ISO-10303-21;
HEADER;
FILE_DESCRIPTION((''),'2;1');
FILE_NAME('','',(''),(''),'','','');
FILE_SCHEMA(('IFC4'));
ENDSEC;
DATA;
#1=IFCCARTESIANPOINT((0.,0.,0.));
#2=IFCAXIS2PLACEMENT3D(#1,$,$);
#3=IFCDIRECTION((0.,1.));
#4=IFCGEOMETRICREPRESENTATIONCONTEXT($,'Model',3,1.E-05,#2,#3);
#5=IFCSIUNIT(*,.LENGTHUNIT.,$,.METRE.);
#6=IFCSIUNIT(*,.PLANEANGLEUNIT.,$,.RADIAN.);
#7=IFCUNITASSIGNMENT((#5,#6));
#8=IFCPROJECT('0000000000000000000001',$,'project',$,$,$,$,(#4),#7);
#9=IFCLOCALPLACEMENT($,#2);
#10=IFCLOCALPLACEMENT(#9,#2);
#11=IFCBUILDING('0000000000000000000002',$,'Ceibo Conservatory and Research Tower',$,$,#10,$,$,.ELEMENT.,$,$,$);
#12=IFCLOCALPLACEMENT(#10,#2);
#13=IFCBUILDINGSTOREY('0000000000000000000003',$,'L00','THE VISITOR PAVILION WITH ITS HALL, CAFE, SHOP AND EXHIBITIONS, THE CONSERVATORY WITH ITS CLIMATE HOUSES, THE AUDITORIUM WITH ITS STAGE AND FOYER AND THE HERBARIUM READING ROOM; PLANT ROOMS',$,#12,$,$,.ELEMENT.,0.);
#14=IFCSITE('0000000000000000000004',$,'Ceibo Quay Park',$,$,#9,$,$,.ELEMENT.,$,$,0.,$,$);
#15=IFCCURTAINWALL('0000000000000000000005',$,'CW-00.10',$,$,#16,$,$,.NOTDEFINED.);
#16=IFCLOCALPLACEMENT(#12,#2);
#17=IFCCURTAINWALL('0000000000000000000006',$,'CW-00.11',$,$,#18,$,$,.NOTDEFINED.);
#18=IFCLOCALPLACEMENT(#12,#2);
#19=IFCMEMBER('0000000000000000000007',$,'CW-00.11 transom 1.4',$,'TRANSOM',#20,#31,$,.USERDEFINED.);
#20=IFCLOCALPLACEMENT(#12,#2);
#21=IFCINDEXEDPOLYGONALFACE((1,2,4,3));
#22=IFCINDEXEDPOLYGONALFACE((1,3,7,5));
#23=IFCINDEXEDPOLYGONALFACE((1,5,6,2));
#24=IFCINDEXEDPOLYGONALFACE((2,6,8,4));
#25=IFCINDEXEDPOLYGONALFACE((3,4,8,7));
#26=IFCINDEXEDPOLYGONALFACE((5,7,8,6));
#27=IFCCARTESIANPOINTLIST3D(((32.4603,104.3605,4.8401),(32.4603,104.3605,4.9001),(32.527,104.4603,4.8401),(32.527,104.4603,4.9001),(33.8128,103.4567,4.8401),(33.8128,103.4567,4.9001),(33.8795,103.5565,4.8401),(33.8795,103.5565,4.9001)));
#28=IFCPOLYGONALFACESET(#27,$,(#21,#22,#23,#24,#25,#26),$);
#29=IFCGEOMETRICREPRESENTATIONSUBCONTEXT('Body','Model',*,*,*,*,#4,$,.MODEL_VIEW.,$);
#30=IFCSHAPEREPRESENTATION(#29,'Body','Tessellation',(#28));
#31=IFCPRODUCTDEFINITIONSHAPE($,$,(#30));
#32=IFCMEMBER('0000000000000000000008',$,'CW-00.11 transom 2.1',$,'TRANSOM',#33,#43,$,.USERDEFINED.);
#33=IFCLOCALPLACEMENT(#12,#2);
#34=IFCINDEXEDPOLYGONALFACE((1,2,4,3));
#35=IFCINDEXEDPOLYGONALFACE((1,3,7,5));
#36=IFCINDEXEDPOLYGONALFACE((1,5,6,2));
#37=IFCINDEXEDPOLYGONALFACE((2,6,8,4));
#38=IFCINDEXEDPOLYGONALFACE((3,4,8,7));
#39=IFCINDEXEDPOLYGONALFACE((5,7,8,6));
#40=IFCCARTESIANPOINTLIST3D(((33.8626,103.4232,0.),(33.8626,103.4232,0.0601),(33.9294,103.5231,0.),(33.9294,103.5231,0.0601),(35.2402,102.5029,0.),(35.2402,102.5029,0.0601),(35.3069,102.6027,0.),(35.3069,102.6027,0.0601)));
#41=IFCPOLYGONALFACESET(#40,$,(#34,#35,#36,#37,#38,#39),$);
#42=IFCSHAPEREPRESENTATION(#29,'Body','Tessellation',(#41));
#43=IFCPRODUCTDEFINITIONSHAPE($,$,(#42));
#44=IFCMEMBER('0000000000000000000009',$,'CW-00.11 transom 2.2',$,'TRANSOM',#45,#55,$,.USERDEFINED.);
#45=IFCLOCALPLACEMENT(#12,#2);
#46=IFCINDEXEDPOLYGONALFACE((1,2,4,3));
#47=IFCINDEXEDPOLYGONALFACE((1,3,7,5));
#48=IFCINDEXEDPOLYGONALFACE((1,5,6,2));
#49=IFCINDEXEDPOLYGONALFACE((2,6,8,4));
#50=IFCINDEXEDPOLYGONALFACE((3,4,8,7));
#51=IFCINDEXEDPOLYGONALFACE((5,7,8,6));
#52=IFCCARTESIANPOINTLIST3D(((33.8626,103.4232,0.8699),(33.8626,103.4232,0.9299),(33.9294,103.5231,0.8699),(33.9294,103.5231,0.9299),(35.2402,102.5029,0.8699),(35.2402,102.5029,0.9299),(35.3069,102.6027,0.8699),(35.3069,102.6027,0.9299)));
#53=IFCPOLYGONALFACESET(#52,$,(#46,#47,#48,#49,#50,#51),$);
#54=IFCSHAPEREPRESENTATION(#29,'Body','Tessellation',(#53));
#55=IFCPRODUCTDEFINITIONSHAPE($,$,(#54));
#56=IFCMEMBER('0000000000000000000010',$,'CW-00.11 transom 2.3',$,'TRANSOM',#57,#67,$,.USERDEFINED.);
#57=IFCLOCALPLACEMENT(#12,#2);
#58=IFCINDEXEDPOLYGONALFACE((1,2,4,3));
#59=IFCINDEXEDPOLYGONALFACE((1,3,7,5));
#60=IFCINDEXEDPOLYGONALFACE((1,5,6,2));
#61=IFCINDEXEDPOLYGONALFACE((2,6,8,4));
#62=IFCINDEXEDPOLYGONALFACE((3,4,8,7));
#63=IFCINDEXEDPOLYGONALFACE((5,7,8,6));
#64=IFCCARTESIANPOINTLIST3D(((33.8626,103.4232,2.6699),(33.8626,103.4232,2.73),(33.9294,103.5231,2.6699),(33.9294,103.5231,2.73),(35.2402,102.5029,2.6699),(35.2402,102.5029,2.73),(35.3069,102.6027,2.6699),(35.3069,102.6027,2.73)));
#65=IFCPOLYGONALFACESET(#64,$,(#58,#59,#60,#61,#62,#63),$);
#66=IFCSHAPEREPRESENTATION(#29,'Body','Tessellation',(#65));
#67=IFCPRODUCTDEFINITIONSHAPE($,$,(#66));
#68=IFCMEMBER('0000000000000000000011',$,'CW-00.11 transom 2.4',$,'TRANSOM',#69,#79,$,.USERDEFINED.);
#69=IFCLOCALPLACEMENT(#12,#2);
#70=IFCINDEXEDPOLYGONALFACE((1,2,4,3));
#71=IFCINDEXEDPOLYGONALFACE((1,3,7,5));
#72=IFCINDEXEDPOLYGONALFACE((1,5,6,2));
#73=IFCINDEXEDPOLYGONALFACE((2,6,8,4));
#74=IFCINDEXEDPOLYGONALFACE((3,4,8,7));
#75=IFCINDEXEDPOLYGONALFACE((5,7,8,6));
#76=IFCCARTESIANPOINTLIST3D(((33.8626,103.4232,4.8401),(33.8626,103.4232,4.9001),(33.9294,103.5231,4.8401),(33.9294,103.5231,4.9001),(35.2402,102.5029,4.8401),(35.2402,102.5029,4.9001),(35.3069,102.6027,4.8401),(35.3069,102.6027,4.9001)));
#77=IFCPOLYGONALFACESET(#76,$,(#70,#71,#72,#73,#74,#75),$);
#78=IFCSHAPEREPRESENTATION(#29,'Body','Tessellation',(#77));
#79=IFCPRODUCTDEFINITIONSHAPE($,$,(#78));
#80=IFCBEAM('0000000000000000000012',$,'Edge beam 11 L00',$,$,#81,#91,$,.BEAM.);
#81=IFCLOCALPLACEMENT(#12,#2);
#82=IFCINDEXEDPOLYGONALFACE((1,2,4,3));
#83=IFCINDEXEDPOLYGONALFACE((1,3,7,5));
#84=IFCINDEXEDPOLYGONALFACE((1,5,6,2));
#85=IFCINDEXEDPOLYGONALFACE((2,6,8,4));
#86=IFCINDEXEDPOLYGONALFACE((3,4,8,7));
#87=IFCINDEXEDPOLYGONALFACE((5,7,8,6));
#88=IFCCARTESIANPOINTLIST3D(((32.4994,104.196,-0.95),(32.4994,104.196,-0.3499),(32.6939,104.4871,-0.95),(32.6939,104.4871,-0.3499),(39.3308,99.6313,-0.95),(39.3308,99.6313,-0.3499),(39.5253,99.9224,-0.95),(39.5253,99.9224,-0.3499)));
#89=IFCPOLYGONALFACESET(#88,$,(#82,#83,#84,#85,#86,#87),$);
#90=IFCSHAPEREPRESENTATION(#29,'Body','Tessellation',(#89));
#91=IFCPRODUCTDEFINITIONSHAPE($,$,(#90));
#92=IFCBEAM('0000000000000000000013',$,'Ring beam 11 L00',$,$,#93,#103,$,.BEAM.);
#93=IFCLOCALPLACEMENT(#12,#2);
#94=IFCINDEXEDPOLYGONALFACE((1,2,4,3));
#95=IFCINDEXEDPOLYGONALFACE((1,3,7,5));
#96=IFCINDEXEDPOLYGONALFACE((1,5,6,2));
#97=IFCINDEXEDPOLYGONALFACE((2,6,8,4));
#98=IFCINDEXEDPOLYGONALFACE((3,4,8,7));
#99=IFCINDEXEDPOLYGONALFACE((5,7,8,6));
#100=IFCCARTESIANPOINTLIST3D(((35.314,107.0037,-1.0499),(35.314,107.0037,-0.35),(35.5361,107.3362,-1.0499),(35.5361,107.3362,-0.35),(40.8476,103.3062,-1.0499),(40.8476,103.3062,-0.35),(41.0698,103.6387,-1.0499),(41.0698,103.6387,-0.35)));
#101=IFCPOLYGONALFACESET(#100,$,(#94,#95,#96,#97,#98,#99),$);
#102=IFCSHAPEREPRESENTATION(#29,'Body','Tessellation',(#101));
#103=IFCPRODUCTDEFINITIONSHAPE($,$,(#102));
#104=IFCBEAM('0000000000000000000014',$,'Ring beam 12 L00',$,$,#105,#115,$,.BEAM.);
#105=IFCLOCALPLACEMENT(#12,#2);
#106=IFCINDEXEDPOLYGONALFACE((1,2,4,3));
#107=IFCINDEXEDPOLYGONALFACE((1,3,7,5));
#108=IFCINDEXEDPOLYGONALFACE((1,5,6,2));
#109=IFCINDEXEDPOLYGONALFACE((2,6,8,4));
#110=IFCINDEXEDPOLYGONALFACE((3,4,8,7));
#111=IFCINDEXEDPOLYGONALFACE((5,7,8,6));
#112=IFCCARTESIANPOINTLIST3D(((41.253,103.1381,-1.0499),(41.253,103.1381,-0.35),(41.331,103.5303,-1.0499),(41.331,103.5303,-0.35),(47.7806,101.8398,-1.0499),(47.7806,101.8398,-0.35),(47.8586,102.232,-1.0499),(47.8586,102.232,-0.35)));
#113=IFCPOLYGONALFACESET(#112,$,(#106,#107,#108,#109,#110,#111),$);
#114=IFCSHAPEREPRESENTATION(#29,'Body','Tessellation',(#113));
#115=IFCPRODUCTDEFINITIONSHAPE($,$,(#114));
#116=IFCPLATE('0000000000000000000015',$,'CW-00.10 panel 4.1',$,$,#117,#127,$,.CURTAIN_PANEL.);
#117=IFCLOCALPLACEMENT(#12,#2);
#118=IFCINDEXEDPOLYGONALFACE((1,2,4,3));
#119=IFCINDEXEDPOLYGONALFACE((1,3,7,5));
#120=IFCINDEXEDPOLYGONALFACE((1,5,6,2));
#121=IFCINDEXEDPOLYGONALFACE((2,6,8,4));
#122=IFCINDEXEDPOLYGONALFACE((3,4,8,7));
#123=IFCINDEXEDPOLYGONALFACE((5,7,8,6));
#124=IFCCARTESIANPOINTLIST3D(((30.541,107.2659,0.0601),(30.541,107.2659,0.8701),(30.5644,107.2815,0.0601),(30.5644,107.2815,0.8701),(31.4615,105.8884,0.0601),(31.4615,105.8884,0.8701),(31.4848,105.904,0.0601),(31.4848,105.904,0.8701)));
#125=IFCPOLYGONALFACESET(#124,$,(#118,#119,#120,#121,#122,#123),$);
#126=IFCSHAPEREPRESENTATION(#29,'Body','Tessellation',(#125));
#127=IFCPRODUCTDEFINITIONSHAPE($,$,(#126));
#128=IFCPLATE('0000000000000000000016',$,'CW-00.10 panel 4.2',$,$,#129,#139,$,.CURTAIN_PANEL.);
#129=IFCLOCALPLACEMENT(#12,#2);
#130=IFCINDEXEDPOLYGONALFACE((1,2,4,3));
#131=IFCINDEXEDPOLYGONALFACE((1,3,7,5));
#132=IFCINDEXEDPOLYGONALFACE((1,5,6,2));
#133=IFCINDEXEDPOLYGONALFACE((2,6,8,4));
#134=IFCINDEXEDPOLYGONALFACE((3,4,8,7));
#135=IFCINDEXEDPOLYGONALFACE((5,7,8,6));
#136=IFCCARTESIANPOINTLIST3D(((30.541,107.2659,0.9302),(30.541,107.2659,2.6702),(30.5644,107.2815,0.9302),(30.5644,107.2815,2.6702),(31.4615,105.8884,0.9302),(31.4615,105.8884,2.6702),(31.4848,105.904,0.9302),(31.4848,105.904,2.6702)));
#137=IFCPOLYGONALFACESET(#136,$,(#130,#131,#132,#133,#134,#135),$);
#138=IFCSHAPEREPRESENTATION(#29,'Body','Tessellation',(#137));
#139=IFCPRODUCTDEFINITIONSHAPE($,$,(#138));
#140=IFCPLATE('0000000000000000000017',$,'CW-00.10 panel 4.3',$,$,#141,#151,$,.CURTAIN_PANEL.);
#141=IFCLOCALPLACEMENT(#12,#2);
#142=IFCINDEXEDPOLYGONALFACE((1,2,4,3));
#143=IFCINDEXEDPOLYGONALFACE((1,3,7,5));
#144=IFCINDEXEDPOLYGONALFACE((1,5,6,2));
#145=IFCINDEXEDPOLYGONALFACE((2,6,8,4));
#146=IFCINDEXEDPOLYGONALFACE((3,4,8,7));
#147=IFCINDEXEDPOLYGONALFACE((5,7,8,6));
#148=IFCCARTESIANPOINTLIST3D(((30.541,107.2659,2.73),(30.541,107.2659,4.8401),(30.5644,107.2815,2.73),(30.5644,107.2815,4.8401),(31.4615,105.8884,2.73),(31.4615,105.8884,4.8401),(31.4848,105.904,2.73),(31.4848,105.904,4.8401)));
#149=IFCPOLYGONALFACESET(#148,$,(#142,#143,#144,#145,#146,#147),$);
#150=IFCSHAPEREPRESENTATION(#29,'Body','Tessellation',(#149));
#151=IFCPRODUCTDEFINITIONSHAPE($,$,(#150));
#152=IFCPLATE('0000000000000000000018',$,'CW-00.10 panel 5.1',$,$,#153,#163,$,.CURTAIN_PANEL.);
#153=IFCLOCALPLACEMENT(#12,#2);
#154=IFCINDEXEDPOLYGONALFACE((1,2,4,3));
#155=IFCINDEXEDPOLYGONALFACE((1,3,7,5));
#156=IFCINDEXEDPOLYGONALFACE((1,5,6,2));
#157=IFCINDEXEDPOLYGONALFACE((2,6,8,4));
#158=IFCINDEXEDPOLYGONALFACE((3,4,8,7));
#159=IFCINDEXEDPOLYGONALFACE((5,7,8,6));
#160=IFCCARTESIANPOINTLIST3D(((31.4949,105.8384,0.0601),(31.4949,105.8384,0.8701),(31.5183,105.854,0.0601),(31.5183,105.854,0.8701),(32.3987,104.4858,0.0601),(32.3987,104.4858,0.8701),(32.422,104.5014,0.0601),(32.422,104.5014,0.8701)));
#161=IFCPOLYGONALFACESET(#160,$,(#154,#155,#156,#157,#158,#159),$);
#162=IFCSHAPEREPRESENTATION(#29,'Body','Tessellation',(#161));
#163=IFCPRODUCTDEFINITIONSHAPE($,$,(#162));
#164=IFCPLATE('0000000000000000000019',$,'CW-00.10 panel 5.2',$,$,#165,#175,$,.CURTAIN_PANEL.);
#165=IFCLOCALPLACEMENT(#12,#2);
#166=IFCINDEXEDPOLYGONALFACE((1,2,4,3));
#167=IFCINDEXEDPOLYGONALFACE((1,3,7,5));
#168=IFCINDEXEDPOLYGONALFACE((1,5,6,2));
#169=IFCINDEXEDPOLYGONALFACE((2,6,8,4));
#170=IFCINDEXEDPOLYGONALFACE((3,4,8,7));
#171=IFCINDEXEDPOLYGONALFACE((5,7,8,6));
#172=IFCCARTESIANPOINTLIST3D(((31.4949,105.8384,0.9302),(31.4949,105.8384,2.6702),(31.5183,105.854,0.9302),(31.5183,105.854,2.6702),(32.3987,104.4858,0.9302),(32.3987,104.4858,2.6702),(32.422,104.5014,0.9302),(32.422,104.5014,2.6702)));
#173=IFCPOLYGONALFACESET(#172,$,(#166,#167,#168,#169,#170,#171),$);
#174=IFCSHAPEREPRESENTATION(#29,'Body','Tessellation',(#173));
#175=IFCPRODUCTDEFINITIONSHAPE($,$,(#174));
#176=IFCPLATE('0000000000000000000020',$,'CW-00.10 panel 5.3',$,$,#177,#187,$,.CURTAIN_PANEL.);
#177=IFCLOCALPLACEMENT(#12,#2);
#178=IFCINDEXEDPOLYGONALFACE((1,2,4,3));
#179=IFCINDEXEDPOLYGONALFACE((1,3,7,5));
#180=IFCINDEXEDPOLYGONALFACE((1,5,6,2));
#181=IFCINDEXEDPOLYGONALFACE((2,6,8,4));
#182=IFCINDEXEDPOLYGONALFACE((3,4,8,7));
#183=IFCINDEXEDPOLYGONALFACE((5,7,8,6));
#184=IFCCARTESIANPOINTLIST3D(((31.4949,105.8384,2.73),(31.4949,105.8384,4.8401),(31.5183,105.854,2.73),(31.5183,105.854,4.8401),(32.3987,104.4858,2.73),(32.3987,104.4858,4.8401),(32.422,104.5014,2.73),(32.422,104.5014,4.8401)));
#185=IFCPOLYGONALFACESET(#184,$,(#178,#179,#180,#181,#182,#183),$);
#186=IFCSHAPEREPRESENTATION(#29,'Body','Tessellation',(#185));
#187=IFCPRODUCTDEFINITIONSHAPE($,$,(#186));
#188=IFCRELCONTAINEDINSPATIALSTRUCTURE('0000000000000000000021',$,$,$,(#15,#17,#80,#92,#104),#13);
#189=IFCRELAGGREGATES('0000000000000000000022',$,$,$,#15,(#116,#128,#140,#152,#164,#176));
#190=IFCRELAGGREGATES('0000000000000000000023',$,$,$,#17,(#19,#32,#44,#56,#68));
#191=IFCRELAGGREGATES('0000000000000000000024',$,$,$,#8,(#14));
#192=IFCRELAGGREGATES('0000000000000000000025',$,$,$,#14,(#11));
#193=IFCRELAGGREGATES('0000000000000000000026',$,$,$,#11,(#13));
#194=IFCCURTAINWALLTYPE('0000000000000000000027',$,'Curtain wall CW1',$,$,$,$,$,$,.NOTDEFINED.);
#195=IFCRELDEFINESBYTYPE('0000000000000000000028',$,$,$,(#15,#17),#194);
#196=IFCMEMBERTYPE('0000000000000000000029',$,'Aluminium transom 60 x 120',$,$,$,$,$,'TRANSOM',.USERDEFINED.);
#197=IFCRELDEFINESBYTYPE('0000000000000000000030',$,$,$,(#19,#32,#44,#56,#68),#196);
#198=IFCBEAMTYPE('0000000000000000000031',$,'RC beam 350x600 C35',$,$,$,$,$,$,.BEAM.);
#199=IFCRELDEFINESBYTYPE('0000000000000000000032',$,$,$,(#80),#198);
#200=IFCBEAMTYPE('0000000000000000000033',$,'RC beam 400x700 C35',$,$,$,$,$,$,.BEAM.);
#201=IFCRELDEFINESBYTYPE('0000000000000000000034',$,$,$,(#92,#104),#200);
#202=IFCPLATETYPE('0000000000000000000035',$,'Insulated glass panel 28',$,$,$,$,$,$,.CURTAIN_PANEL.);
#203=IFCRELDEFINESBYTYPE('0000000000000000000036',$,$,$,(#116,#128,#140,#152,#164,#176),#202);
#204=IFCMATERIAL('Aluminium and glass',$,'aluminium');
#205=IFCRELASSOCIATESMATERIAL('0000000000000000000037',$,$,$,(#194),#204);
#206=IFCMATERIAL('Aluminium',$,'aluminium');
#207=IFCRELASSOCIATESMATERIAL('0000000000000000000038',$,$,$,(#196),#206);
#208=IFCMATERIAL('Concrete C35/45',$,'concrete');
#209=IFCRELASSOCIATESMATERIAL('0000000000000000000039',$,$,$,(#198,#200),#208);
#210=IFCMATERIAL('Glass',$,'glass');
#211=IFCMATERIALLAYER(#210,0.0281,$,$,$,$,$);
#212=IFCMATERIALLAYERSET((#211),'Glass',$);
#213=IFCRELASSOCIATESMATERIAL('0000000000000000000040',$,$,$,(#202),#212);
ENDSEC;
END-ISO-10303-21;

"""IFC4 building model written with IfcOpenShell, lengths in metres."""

from ifc_helpers import new_model, si_unit, direction, frame, origin, origin_2d, place, context, subcontext, project, spatial, rectangle, extrude, material, layer, layer_set, material_profile, profile_set, type_object, element, aggregate, save


model = new_model("IFC4")

# Units and contexts
model_context = context("Model", 3, precision=1e-05, world=origin(), true_north=direction((0.0, 1.0)))
body_context = subcontext(model_context, "Body", "Model", "MODEL_VIEW")
ifc_project = project(units=[si_unit("LENGTHUNIT", "METRE"), si_unit("PLANEANGLEUNIT", "RADIAN")], contexts=[model_context])

# Site, building, storey
site_placement = place(None, origin())
site = spatial("IfcSite", under=ifc_project, at=site_placement, Name="Ceibo Quay Park", CompositionType="ELEMENT", RefElevation=0.0)
building_placement = place(site_placement, origin())
building = spatial("IfcBuilding", under=site, at=building_placement, Name="Ceibo Conservatory and Research Tower", CompositionType="ELEMENT")
storey_placement = place(building_placement, origin())
storey = spatial("IfcBuildingStorey", under=building, at=storey_placement, Name="L00", Description="THE VISITOR PAVILION WITH ITS HALL, CAFE, SHOP AND EXHIBITIONS, THE CONSERVATORY WITH ITS CLIMATE HOUSES, THE AUDITORIUM WITH ITS STAGE AND FOYER AND THE HERBARIUM READING ROOM; PLANT ROOMS", CompositionType="ELEMENT", Elevation=0.0)

# Curtain walls
ifc_material_1 = material(Name="Aluminium and glass", Category="aluminium")
curtain_wall_type = type_object("IfcCurtainWallType", Name="Curtain wall CW1", PredefinedType="NOTDEFINED", material=ifc_material_1)
curtain_wall_1_placement = place(storey_placement, origin())
curtain_wall_1 = element("IfcCurtainWall", 1, at=curtain_wall_1_placement, inside=storey, type_object=curtain_wall_type, Name="CW-00.10", PredefinedType="NOTDEFINED")
ifc_material_2 = material(Name="Aluminium", Category="aluminium")
curtain_wall_2_placement = place(storey_placement, origin())
curtain_wall_2 = element("IfcCurtainWall", 2, at=curtain_wall_2_placement, inside=storey, type_object=curtain_wall_type, Name="CW-00.11", PredefinedType="NOTDEFINED")

# Members
ifc_material_profile_1 = material_profile(ifc_material_2, rectangle(XDim=0.1201, YDim=0.0601, at=origin_2d()), Name="Aluminium 60 x 120")
ifc_profile_set_1 = profile_set([ifc_material_profile_1], Name="Aluminium")
member_type_1 = type_object("IfcMemberType", Name="Aluminium transom 60 x 120", ElementType="TRANSOM", PredefinedType="USERDEFINED", material=ifc_profile_set_1)
member_1_placement = place(storey_placement, frame((32.4937, 104.4104, 4.8701), z_axis=(0.831449, -0.5556, 0.0), x_axis=(0.5556, 0.831449, 0.0)))
member_1 = element("IfcMember", 3, at=member_1_placement, type_object=member_type_1, Name="CW-00.11 transom 1.4", ObjectType="TRANSOM", PredefinedType="USERDEFINED", context=body_context, shape_type="SweptSolid", body=[
    extrude(rectangle(XDim=0.1201, YDim=0.0601, at=origin_2d()), origin(), (0.0, 0.0, 1.0), 1.6267),
])
member_2_placement = place(storey_placement, frame((33.896, 103.4731, 0.03), z_axis=(0.831506, -0.555516, 0.0), x_axis=(0.555516, 0.831506, 0.0)))
member_2 = element("IfcMember", 4, at=member_2_placement, type_object=member_type_1, Name="CW-00.11 transom 2.1", ObjectType="TRANSOM", PredefinedType="USERDEFINED", context=body_context, shape_type="SweptSolid", body=[
    extrude(rectangle(XDim=0.1201, YDim=0.0601, at=origin_2d()), origin(), (0.0, 0.0, 1.0), 1.6567),
])
member_3_placement = place(storey_placement, frame((33.896, 103.4731, 0.8999), z_axis=(0.831506, -0.555516, 0.0), x_axis=(0.555516, 0.831506, 0.0)))
member_3 = element("IfcMember", 5, at=member_3_placement, type_object=member_type_1, Name="CW-00.11 transom 2.2", ObjectType="TRANSOM", PredefinedType="USERDEFINED", context=body_context, shape_type="SweptSolid", body=[
    extrude(rectangle(XDim=0.1201, YDim=0.0601, at=origin_2d()), origin(), (0.0, 0.0, 1.0), 1.6567),
])
member_4_placement = place(storey_placement, frame((33.896, 103.4731, 2.7), z_axis=(0.831506, -0.555516, 0.0), x_axis=(0.555516, 0.831506, 0.0)))
member_4 = element("IfcMember", 6, at=member_4_placement, type_object=member_type_1, Name="CW-00.11 transom 2.3", ObjectType="TRANSOM", PredefinedType="USERDEFINED", context=body_context, shape_type="SweptSolid", body=[
    extrude(rectangle(XDim=0.1201, YDim=0.0601, at=origin_2d()), origin(), (0.0, 0.0, 1.0), 1.6567),
])
member_5_placement = place(storey_placement, frame((33.896, 103.4731, 4.8701), z_axis=(0.831506, -0.555516, 0.0), x_axis=(0.555516, 0.831506, 0.0)))
member_5 = element("IfcMember", 7, at=member_5_placement, type_object=member_type_1, Name="CW-00.11 transom 2.4", ObjectType="TRANSOM", PredefinedType="USERDEFINED", context=body_context, shape_type="SweptSolid", body=[
    extrude(rectangle(XDim=0.1201, YDim=0.0601, at=origin_2d()), origin(), (0.0, 0.0, 1.0), 1.6567),
])

# Beams
ifc_material_3 = material(Name="Concrete C35/45", Category="concrete")
ifc_material_profile_2 = material_profile(ifc_material_3, rectangle(XDim=0.3501, YDim=0.6001, at=origin_2d()), Name="RC 350x600")
ifc_profile_set_2 = profile_set([ifc_material_profile_2], Name="Concrete C35/45")
beam_type_1 = type_object("IfcBeamType", Name="RC beam 350x600 C35", PredefinedType="BEAM", material=ifc_profile_set_2)
beam_1_placement = place(storey_placement, frame((32.5967, 104.3416, -0.6499), z_axis=(0.83146, -0.555584, 0.0), x_axis=(0.555584, 0.83146, 0.0)))
element("IfcBeam", 8, at=beam_1_placement, inside=storey, type_object=beam_type_1, Name="Edge beam 11 L00", PredefinedType="BEAM", context=body_context, shape_type="SweptSolid", body=[
    extrude(rectangle(XDim=0.3501, YDim=0.6001, at=origin_2d()), origin(), (0.0, 0.0, 1.0), 8.2161),
])
ifc_material_profile_3 = material_profile(ifc_material_3, rectangle(XDim=0.3999, YDim=0.7, at=origin_2d()), Name="RC 400x700")
ifc_profile_set_3 = profile_set([ifc_material_profile_3], Name="Concrete C35/45")
beam_type_2 = type_object("IfcBeamType", Name="RC beam 400x700 C35", PredefinedType="BEAM", material=ifc_profile_set_3)
beam_2_placement = place(storey_placement, frame((35.425, 107.1699, -0.7), z_axis=(0.831469, -0.555572, 0.0), x_axis=(0.555572, 0.831469, 0.0)))
element("IfcBeam", 9, at=beam_2_placement, inside=storey, type_object=beam_type_2, Name="Ring beam 11 L00", PredefinedType="BEAM", context=body_context, shape_type="SweptSolid", body=[
    extrude(rectangle(XDim=0.3999, YDim=0.7, at=origin_2d()), origin(), (0.0, 0.0, 1.0), 6.6553),
])
beam_3_placement = place(storey_placement, frame((41.292, 103.3342, -0.7), z_axis=(0.980788, -0.195079, 0.0), x_axis=(0.195079, 0.980788, 0.0)))
element("IfcBeam", 10, at=beam_3_placement, inside=storey, type_object=beam_type_2, Name="Ring beam 12 L00", PredefinedType="BEAM", context=body_context, shape_type="SweptSolid", body=[
    extrude(rectangle(XDim=0.3999, YDim=0.7, at=origin_2d()), origin(), (0.0, 0.0, 1.0), 6.6555),
])

# Plates
ifc_material_4 = material(Name="Glass", Category="glass")
ifc_layer_1 = layer(ifc_material_4, 0.0281)
ifc_layer_set_1 = layer_set([ifc_layer_1], Name="Glass")
plate_type = type_object("IfcPlateType", Name="Insulated glass panel 28", PredefinedType="CURTAIN_PANEL", material=ifc_layer_set_1)
plate_1_placement = place(storey_placement, frame((31.0129, 106.585, 0.0601), z_axis=(0.0, 0.0, 1.0), x_axis=(0.55557, -0.83147, 0.0)))
plate_1 = element("IfcPlate", 11, at=plate_1_placement, type_object=plate_type, Name="CW-00.10 panel 4.1", PredefinedType="CURTAIN_PANEL", context=body_context, shape_type="SweptSolid", body=[
    extrude(rectangle(XDim=1.6567, YDim=0.0281, at=origin_2d()), origin(), (0.0, 0.0, 1.0), 0.8101),
])
plate_2_placement = place(storey_placement, frame((31.0129, 106.585, 0.9302), z_axis=(0.0, 0.0, 1.0), x_axis=(0.55557, -0.83147, 0.0)))
plate_2 = element("IfcPlate", 12, at=plate_2_placement, type_object=plate_type, Name="CW-00.10 panel 4.2", PredefinedType="CURTAIN_PANEL", context=body_context, shape_type="SweptSolid", body=[
    extrude(rectangle(XDim=1.6567, YDim=0.0281, at=origin_2d()), origin(), (0.0, 0.0, 1.0), 1.74),
])
plate_3_placement = place(storey_placement, frame((31.0129, 106.585, 2.73), z_axis=(0.0, 0.0, 1.0), x_axis=(0.55557, -0.83147, 0.0)))
plate_3 = element("IfcPlate", 13, at=plate_3_placement, type_object=plate_type, Name="CW-00.10 panel 4.3", PredefinedType="CURTAIN_PANEL", context=body_context, shape_type="SweptSolid", body=[
    extrude(rectangle(XDim=1.6567, YDim=0.0281, at=origin_2d()), origin(), (0.0, 0.0, 1.0), 2.1101),
])
plate_4_placement = place(storey_placement, frame((31.9585, 105.1699, 0.0601), z_axis=(0.0, 0.0, 1.0), x_axis=(0.55557, -0.83147, 0.0)))
plate_4 = element("IfcPlate", 14, at=plate_4_placement, type_object=plate_type, Name="CW-00.10 panel 5.1", PredefinedType="CURTAIN_PANEL", context=body_context, shape_type="SweptSolid", body=[
    extrude(rectangle(XDim=1.6267, YDim=0.0281, at=origin_2d()), origin(), (0.0, 0.0, 1.0), 0.8101),
])
plate_5_placement = place(storey_placement, frame((31.9585, 105.1699, 0.9302), z_axis=(0.0, 0.0, 1.0), x_axis=(0.55557, -0.83147, 0.0)))
plate_5 = element("IfcPlate", 15, at=plate_5_placement, type_object=plate_type, Name="CW-00.10 panel 5.2", PredefinedType="CURTAIN_PANEL", context=body_context, shape_type="SweptSolid", body=[
    extrude(rectangle(XDim=1.6267, YDim=0.0281, at=origin_2d()), origin(), (0.0, 0.0, 1.0), 1.74),
])
plate_6_placement = place(storey_placement, frame((31.9585, 105.1699, 2.73), z_axis=(0.0, 0.0, 1.0), x_axis=(0.55557, -0.83147, 0.0)))
plate_6 = element("IfcPlate", 16, at=plate_6_placement, type_object=plate_type, Name="CW-00.10 panel 5.3", PredefinedType="CURTAIN_PANEL", context=body_context, shape_type="SweptSolid", body=[
    extrude(rectangle(XDim=1.6267, YDim=0.0281, at=origin_2d()), origin(), (0.0, 0.0, 1.0), 2.1101),
])
aggregate(curtain_wall_1, [plate_1, plate_2, plate_3, plate_4, plate_5, plate_6])
aggregate(curtain_wall_2, [member_1, member_2, member_3, member_4, member_5])

save(model, "model.ifc")
